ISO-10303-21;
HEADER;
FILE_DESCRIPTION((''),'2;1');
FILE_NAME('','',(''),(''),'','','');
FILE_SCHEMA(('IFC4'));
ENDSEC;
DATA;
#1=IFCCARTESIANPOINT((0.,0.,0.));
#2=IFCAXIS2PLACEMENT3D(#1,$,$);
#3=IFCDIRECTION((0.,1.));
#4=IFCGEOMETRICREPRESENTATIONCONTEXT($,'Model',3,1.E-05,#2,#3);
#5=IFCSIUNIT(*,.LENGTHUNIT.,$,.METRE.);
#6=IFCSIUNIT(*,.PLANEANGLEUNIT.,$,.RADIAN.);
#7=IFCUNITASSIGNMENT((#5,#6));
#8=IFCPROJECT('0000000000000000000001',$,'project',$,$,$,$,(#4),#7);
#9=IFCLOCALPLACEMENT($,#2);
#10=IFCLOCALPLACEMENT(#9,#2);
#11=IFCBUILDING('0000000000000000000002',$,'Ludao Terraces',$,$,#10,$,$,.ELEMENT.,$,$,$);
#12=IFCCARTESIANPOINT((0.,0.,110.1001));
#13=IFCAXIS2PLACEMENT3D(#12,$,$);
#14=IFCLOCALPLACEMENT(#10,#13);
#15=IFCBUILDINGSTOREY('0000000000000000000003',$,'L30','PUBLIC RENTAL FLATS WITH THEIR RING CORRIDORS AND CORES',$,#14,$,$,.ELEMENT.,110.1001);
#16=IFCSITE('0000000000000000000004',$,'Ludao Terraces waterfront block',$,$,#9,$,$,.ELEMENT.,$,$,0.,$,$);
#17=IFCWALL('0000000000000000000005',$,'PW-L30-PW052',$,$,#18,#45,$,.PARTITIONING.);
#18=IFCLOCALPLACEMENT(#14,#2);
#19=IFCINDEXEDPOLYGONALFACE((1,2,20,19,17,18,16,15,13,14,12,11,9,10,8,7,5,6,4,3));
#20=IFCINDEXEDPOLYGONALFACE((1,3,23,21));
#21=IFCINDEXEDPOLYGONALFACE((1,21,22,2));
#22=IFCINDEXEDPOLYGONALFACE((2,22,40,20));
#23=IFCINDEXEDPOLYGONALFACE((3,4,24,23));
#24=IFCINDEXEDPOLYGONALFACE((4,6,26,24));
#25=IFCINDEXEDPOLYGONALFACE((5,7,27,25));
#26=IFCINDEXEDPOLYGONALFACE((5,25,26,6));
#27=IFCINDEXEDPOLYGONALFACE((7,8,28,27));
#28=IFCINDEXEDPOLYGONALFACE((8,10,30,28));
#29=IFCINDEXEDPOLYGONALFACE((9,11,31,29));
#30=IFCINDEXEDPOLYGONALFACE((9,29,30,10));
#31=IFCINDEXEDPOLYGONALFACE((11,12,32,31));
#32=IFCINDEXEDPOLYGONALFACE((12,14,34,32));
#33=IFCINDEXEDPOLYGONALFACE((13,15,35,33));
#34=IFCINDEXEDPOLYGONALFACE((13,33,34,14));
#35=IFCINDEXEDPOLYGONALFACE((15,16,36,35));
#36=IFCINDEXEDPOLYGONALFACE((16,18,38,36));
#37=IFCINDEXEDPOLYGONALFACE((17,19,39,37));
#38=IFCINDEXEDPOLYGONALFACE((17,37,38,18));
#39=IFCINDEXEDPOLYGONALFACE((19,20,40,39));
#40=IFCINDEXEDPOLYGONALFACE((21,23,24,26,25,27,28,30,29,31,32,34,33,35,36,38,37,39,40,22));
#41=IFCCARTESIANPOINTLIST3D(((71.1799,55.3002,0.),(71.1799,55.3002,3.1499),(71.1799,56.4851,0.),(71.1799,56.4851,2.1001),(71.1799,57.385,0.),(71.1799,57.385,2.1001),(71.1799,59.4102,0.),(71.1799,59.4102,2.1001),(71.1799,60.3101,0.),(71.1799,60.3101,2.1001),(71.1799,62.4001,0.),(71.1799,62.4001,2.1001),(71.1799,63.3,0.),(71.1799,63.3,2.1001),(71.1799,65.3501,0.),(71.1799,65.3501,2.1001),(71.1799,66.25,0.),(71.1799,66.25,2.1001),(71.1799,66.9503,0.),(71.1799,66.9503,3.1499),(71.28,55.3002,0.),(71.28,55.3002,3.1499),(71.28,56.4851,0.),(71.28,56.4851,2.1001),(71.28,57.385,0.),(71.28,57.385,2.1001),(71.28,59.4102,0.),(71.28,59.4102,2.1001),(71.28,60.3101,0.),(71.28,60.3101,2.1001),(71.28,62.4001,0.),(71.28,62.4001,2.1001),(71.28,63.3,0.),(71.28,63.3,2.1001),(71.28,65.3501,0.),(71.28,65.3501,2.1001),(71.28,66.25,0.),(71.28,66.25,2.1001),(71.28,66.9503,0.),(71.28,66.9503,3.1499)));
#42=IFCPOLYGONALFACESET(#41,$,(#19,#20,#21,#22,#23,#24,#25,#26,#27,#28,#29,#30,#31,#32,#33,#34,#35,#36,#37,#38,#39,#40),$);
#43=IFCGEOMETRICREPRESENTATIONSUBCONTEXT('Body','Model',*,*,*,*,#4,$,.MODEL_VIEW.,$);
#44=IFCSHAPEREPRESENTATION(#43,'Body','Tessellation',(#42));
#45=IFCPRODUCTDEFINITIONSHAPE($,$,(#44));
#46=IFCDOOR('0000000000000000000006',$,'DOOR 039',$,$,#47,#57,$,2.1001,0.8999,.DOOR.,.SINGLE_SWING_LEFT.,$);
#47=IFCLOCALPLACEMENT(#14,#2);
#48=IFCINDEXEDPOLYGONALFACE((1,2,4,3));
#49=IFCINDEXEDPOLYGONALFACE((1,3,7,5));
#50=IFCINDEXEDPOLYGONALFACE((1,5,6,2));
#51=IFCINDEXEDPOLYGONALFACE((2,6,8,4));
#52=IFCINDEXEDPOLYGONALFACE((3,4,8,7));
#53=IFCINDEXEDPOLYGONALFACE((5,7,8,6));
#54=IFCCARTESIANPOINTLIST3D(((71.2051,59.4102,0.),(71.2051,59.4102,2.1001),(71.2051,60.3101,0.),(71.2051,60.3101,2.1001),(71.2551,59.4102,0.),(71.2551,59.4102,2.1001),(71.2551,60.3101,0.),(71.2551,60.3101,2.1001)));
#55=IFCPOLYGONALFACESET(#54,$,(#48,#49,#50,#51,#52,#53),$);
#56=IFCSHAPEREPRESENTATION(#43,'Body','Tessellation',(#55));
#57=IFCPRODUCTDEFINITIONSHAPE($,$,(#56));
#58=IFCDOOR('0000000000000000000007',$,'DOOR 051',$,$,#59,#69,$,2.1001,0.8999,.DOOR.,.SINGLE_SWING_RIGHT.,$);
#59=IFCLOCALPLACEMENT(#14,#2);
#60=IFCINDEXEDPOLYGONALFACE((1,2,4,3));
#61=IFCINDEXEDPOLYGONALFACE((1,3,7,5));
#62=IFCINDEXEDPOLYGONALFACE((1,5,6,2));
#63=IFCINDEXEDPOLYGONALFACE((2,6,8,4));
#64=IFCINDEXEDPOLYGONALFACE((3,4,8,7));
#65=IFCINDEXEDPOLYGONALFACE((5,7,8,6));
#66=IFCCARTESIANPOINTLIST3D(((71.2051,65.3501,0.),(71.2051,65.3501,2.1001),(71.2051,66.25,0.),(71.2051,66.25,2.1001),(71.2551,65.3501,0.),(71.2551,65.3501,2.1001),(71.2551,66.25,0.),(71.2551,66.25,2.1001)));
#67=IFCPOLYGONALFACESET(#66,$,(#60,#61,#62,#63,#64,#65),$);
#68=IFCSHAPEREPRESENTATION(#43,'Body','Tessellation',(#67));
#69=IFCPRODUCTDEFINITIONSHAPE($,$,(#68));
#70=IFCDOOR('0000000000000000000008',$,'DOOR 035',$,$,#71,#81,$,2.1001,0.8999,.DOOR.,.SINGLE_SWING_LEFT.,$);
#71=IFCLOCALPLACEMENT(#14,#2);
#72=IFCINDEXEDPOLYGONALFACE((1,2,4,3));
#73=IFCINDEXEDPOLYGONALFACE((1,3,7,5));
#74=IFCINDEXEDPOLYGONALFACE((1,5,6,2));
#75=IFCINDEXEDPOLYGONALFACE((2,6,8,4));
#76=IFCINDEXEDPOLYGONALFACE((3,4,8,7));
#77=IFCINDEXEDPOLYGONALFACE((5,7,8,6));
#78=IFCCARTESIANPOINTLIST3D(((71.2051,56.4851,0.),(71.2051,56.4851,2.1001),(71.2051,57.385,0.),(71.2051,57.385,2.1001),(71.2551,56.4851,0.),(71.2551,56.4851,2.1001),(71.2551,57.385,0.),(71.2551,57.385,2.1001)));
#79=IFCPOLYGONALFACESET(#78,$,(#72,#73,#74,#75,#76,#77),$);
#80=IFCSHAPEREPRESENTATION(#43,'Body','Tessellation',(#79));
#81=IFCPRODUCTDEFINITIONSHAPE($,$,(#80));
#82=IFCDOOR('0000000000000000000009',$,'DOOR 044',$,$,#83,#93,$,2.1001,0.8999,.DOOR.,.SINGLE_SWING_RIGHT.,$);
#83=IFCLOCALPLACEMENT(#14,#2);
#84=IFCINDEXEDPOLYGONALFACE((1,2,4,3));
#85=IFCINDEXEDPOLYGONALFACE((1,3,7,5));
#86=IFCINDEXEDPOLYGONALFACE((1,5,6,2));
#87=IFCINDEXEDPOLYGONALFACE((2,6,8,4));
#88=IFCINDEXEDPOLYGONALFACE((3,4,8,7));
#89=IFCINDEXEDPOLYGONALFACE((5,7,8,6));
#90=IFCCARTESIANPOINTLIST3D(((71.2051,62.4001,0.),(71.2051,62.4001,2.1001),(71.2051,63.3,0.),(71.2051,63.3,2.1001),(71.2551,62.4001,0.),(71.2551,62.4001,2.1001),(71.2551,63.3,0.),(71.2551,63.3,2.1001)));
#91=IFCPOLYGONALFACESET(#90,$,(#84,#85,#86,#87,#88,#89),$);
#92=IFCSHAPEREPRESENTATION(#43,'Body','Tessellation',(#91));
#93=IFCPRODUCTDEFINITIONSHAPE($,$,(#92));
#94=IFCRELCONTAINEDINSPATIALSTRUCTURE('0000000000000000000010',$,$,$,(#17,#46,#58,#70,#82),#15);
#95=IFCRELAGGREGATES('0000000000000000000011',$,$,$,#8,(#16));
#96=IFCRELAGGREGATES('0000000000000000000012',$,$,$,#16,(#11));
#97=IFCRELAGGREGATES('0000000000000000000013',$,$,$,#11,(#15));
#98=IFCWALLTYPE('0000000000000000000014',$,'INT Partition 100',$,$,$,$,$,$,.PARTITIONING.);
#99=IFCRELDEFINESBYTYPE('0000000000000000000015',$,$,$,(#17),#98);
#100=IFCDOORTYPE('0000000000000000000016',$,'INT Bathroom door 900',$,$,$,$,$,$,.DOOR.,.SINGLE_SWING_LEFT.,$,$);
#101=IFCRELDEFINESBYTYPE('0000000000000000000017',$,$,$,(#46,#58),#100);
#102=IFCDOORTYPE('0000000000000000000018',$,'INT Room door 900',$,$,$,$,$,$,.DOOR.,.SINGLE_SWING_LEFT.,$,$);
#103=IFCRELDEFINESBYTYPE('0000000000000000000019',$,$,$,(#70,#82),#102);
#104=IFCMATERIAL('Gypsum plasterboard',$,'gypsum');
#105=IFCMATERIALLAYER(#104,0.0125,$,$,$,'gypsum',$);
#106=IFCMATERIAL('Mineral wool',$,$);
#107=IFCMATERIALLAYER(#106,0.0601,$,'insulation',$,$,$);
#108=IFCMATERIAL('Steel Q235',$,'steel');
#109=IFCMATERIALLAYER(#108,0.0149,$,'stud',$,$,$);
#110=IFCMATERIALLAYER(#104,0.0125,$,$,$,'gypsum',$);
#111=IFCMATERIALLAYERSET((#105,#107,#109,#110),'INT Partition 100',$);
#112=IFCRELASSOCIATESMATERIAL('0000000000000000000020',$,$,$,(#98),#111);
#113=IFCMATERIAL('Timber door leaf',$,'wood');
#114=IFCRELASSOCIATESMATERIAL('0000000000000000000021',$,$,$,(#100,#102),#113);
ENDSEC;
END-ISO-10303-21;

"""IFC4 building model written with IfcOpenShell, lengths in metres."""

from ifc_helpers import new_model, si_unit, direction, frame, frame_2d, origin, place, context, subcontext, project, spatial, rectangle, extrude, material, layer, layer_set, type_object, element, fill, save


model = new_model("IFC4")

# Units and contexts
model_context = context("Model", 3, precision=1e-05, world=origin(), true_north=direction((0.0, 1.0)))
body_context = subcontext(model_context, "Body", "Model", "MODEL_VIEW")
ifc_project = project(units=[si_unit("LENGTHUNIT", "METRE"), si_unit("PLANEANGLEUNIT", "RADIAN")], contexts=[model_context])

# Site, building, storey
site_placement = place(None, origin())
site = spatial("IfcSite", under=ifc_project, at=site_placement, Name="Ludao Terraces waterfront block", CompositionType="ELEMENT", RefElevation=0.0)
building_placement = place(site_placement, origin())
building = spatial("IfcBuilding", under=site, at=building_placement, Name="Ludao Terraces", CompositionType="ELEMENT")
storey_placement = place(building_placement, frame((0.0, 0.0, 110.1001)))
storey = spatial("IfcBuildingStorey", under=building, at=storey_placement, Name="L30", Description="PUBLIC RENTAL FLATS WITH THEIR RING CORRIDORS AND CORES", CompositionType="ELEMENT", Elevation=110.1001)

# Shared definitions
ifc_material_1 = material(Name="Steel Q235", Category="steel")
ifc_material_2 = material(Name="Gypsum plasterboard", Category="gypsum")
ifc_layer_1 = layer(ifc_material_2, 0.0125, Category="gypsum")
ifc_material_3 = material(Name="Mineral wool")
ifc_layer_2 = layer(ifc_material_3, 0.0601, Name="insulation")
ifc_layer_3 = layer(ifc_material_1, 0.0149, Name="stud")
ifc_layer_4 = layer(ifc_material_2, 0.0125, Category="gypsum")
ifc_layer_set_1 = layer_set([ifc_layer_1, ifc_layer_2, ifc_layer_3, ifc_layer_4], Name="INT Partition 100")
wall_type_1 = type_object("IfcWallType", Name="INT Partition 100", PredefinedType="PARTITIONING", material=ifc_layer_set_1)
ifc_material_4 = material(Name="Timber door leaf", Category="wood")
door_type_1 = type_object("IfcDoorType", Name="INT Bathroom door 900", OperationType="SINGLE_SWING_LEFT", PredefinedType="DOOR", material=ifc_material_4)
door_type_2 = type_object("IfcDoorType", Name="INT Room door 900", OperationType="SINGLE_SWING_LEFT", PredefinedType="DOOR", material=ifc_material_4)

# Wall, openings, doors
wall_1_placement = place(storey_placement, frame((71.23, 55.3, 0.0), z_axis=(0.0, 0.0, 1.0), x_axis=(0.0, 1.0, 0.0)))
wall_1 = element("IfcWall", 1, at=wall_1_placement, inside=storey, type_object=wall_type_1, Name="PW-L30-PW052", PredefinedType="PARTITIONING", context=body_context, shape_type="SweptSolid", body=[
    extrude(rectangle(XDim=11.6501, YDim=0.1001, at=frame_2d((5.8252, 0.0))), origin(), (0.0, 0.0, 1.0), 3.1499),
])
opening_1_placement = place(wall_1_placement, frame((1.1851, 0.0, 0.0)))
opening_1 = element("IfcOpeningElement", 2, at=opening_1_placement, cuts=wall_1, PredefinedType="OPENING", context=body_context, shape_type="SweptSolid", body=[
    extrude(rectangle(XDim=0.8999, YDim=2.1001, at=frame_2d((0.45, 1.05))), frame((0.0, 0.0601, 0.0), z_axis=(0.0, -1.0, 0.0), x_axis=(1.0, 0.0, 0.0)), (0.0, 0.0, 1.0), 0.1201),
])
opening_2_placement = place(wall_1_placement, frame((4.1101, 0.0, 0.0)))
opening_2 = element("IfcOpeningElement", 3, at=opening_2_placement, cuts=wall_1, PredefinedType="OPENING", context=body_context, shape_type="SweptSolid", body=[
    extrude(rectangle(XDim=0.8999, YDim=2.1001, at=frame_2d((0.45, 1.05))), frame((0.0, 0.0601, 0.0), z_axis=(0.0, -1.0, 0.0), x_axis=(1.0, 0.0, 0.0)), (0.0, 0.0, 1.0), 0.1201),
])
opening_3_placement = place(wall_1_placement, frame((7.1001, 0.0, 0.0)))
opening_3 = element("IfcOpeningElement", 4, at=opening_3_placement, cuts=wall_1, PredefinedType="OPENING", context=body_context, shape_type="SweptSolid", body=[
    extrude(rectangle(XDim=0.8999, YDim=2.1001, at=frame_2d((0.45, 1.05))), frame((0.0, 0.0601, 0.0), z_axis=(0.0, -1.0, 0.0), x_axis=(1.0, 0.0, 0.0)), (0.0, 0.0, 1.0), 0.1201),
])
opening_4_placement = place(wall_1_placement, frame((10.05, 0.0, 0.0)))
opening_4 = element("IfcOpeningElement", 5, at=opening_4_placement, cuts=wall_1, PredefinedType="OPENING", context=body_context, shape_type="SweptSolid", body=[
    extrude(rectangle(XDim=0.8999, YDim=2.1001, at=frame_2d((0.45, 1.05))), frame((0.0, 0.0601, 0.0), z_axis=(0.0, -1.0, 0.0), x_axis=(1.0, 0.0, 0.0)), (0.0, 0.0, 1.0), 0.1201),
])
door_1_placement = place(opening_2_placement, origin())
door_1 = element("IfcDoor", 6, at=door_1_placement, inside=storey, type_object=door_type_1, Name="DOOR 039", OperationType="SINGLE_SWING_LEFT", OverallHeight=2.1001, OverallWidth=0.8999, PredefinedType="DOOR", context=body_context, shape_type="SweptSolid", body=[
    extrude(rectangle(XDim=0.8999, YDim=2.1001, at=frame_2d((0.45, 1.05))), frame((0.0, 0.0249, 0.0), z_axis=(0.0, -1.0, 0.0), x_axis=(1.0, 0.0, 0.0)), (0.0, 0.0, 1.0), 0.05),
])
fill(opening_2, door_1)
door_2_placement = place(opening_4_placement, origin())
door_2 = element("IfcDoor", 7, at=door_2_placement, inside=storey, type_object=door_type_1, Name="DOOR 051", OperationType="SINGLE_SWING_RIGHT", OverallHeight=2.1001, OverallWidth=0.8999, PredefinedType="DOOR", context=body_context, shape_type="SweptSolid", body=[
    extrude(rectangle(XDim=0.8999, YDim=2.1001, at=frame_2d((0.45, 1.05))), frame((0.0, 0.0249, 0.0), z_axis=(0.0, -1.0, 0.0), x_axis=(1.0, 0.0, 0.0)), (0.0, 0.0, 1.0), 0.05),
])
fill(opening_4, door_2)
door_3_placement = place(opening_1_placement, origin())
door_3 = element("IfcDoor", 8, at=door_3_placement, inside=storey, type_object=door_type_2, Name="DOOR 035", OperationType="SINGLE_SWING_LEFT", OverallHeight=2.1001, OverallWidth=0.8999, PredefinedType="DOOR", context=body_context, shape_type="SweptSolid", body=[
    extrude(rectangle(XDim=0.8999, YDim=2.1001, at=frame_2d((0.45, 1.05))), frame((0.0, 0.0249, 0.0), z_axis=(0.0, -1.0, 0.0), x_axis=(1.0, 0.0, 0.0)), (0.0, 0.0, 1.0), 0.05),
])
fill(opening_1, door_3)
door_4_placement = place(opening_3_placement, origin())
door_4 = element("IfcDoor", 9, at=door_4_placement, inside=storey, type_object=door_type_2, Name="DOOR 044", OperationType="SINGLE_SWING_RIGHT", OverallHeight=2.1001, OverallWidth=0.8999, PredefinedType="DOOR", context=body_context, shape_type="SweptSolid", body=[
    extrude(rectangle(XDim=0.8999, YDim=2.1001, at=frame_2d((0.45, 1.05))), frame((0.0, 0.0249, 0.0), z_axis=(0.0, -1.0, 0.0), x_axis=(1.0, 0.0, 0.0)), (0.0, 0.0, 1.0), 0.05),
])
fill(opening_3, door_4)

save(model, "model.ifc")
